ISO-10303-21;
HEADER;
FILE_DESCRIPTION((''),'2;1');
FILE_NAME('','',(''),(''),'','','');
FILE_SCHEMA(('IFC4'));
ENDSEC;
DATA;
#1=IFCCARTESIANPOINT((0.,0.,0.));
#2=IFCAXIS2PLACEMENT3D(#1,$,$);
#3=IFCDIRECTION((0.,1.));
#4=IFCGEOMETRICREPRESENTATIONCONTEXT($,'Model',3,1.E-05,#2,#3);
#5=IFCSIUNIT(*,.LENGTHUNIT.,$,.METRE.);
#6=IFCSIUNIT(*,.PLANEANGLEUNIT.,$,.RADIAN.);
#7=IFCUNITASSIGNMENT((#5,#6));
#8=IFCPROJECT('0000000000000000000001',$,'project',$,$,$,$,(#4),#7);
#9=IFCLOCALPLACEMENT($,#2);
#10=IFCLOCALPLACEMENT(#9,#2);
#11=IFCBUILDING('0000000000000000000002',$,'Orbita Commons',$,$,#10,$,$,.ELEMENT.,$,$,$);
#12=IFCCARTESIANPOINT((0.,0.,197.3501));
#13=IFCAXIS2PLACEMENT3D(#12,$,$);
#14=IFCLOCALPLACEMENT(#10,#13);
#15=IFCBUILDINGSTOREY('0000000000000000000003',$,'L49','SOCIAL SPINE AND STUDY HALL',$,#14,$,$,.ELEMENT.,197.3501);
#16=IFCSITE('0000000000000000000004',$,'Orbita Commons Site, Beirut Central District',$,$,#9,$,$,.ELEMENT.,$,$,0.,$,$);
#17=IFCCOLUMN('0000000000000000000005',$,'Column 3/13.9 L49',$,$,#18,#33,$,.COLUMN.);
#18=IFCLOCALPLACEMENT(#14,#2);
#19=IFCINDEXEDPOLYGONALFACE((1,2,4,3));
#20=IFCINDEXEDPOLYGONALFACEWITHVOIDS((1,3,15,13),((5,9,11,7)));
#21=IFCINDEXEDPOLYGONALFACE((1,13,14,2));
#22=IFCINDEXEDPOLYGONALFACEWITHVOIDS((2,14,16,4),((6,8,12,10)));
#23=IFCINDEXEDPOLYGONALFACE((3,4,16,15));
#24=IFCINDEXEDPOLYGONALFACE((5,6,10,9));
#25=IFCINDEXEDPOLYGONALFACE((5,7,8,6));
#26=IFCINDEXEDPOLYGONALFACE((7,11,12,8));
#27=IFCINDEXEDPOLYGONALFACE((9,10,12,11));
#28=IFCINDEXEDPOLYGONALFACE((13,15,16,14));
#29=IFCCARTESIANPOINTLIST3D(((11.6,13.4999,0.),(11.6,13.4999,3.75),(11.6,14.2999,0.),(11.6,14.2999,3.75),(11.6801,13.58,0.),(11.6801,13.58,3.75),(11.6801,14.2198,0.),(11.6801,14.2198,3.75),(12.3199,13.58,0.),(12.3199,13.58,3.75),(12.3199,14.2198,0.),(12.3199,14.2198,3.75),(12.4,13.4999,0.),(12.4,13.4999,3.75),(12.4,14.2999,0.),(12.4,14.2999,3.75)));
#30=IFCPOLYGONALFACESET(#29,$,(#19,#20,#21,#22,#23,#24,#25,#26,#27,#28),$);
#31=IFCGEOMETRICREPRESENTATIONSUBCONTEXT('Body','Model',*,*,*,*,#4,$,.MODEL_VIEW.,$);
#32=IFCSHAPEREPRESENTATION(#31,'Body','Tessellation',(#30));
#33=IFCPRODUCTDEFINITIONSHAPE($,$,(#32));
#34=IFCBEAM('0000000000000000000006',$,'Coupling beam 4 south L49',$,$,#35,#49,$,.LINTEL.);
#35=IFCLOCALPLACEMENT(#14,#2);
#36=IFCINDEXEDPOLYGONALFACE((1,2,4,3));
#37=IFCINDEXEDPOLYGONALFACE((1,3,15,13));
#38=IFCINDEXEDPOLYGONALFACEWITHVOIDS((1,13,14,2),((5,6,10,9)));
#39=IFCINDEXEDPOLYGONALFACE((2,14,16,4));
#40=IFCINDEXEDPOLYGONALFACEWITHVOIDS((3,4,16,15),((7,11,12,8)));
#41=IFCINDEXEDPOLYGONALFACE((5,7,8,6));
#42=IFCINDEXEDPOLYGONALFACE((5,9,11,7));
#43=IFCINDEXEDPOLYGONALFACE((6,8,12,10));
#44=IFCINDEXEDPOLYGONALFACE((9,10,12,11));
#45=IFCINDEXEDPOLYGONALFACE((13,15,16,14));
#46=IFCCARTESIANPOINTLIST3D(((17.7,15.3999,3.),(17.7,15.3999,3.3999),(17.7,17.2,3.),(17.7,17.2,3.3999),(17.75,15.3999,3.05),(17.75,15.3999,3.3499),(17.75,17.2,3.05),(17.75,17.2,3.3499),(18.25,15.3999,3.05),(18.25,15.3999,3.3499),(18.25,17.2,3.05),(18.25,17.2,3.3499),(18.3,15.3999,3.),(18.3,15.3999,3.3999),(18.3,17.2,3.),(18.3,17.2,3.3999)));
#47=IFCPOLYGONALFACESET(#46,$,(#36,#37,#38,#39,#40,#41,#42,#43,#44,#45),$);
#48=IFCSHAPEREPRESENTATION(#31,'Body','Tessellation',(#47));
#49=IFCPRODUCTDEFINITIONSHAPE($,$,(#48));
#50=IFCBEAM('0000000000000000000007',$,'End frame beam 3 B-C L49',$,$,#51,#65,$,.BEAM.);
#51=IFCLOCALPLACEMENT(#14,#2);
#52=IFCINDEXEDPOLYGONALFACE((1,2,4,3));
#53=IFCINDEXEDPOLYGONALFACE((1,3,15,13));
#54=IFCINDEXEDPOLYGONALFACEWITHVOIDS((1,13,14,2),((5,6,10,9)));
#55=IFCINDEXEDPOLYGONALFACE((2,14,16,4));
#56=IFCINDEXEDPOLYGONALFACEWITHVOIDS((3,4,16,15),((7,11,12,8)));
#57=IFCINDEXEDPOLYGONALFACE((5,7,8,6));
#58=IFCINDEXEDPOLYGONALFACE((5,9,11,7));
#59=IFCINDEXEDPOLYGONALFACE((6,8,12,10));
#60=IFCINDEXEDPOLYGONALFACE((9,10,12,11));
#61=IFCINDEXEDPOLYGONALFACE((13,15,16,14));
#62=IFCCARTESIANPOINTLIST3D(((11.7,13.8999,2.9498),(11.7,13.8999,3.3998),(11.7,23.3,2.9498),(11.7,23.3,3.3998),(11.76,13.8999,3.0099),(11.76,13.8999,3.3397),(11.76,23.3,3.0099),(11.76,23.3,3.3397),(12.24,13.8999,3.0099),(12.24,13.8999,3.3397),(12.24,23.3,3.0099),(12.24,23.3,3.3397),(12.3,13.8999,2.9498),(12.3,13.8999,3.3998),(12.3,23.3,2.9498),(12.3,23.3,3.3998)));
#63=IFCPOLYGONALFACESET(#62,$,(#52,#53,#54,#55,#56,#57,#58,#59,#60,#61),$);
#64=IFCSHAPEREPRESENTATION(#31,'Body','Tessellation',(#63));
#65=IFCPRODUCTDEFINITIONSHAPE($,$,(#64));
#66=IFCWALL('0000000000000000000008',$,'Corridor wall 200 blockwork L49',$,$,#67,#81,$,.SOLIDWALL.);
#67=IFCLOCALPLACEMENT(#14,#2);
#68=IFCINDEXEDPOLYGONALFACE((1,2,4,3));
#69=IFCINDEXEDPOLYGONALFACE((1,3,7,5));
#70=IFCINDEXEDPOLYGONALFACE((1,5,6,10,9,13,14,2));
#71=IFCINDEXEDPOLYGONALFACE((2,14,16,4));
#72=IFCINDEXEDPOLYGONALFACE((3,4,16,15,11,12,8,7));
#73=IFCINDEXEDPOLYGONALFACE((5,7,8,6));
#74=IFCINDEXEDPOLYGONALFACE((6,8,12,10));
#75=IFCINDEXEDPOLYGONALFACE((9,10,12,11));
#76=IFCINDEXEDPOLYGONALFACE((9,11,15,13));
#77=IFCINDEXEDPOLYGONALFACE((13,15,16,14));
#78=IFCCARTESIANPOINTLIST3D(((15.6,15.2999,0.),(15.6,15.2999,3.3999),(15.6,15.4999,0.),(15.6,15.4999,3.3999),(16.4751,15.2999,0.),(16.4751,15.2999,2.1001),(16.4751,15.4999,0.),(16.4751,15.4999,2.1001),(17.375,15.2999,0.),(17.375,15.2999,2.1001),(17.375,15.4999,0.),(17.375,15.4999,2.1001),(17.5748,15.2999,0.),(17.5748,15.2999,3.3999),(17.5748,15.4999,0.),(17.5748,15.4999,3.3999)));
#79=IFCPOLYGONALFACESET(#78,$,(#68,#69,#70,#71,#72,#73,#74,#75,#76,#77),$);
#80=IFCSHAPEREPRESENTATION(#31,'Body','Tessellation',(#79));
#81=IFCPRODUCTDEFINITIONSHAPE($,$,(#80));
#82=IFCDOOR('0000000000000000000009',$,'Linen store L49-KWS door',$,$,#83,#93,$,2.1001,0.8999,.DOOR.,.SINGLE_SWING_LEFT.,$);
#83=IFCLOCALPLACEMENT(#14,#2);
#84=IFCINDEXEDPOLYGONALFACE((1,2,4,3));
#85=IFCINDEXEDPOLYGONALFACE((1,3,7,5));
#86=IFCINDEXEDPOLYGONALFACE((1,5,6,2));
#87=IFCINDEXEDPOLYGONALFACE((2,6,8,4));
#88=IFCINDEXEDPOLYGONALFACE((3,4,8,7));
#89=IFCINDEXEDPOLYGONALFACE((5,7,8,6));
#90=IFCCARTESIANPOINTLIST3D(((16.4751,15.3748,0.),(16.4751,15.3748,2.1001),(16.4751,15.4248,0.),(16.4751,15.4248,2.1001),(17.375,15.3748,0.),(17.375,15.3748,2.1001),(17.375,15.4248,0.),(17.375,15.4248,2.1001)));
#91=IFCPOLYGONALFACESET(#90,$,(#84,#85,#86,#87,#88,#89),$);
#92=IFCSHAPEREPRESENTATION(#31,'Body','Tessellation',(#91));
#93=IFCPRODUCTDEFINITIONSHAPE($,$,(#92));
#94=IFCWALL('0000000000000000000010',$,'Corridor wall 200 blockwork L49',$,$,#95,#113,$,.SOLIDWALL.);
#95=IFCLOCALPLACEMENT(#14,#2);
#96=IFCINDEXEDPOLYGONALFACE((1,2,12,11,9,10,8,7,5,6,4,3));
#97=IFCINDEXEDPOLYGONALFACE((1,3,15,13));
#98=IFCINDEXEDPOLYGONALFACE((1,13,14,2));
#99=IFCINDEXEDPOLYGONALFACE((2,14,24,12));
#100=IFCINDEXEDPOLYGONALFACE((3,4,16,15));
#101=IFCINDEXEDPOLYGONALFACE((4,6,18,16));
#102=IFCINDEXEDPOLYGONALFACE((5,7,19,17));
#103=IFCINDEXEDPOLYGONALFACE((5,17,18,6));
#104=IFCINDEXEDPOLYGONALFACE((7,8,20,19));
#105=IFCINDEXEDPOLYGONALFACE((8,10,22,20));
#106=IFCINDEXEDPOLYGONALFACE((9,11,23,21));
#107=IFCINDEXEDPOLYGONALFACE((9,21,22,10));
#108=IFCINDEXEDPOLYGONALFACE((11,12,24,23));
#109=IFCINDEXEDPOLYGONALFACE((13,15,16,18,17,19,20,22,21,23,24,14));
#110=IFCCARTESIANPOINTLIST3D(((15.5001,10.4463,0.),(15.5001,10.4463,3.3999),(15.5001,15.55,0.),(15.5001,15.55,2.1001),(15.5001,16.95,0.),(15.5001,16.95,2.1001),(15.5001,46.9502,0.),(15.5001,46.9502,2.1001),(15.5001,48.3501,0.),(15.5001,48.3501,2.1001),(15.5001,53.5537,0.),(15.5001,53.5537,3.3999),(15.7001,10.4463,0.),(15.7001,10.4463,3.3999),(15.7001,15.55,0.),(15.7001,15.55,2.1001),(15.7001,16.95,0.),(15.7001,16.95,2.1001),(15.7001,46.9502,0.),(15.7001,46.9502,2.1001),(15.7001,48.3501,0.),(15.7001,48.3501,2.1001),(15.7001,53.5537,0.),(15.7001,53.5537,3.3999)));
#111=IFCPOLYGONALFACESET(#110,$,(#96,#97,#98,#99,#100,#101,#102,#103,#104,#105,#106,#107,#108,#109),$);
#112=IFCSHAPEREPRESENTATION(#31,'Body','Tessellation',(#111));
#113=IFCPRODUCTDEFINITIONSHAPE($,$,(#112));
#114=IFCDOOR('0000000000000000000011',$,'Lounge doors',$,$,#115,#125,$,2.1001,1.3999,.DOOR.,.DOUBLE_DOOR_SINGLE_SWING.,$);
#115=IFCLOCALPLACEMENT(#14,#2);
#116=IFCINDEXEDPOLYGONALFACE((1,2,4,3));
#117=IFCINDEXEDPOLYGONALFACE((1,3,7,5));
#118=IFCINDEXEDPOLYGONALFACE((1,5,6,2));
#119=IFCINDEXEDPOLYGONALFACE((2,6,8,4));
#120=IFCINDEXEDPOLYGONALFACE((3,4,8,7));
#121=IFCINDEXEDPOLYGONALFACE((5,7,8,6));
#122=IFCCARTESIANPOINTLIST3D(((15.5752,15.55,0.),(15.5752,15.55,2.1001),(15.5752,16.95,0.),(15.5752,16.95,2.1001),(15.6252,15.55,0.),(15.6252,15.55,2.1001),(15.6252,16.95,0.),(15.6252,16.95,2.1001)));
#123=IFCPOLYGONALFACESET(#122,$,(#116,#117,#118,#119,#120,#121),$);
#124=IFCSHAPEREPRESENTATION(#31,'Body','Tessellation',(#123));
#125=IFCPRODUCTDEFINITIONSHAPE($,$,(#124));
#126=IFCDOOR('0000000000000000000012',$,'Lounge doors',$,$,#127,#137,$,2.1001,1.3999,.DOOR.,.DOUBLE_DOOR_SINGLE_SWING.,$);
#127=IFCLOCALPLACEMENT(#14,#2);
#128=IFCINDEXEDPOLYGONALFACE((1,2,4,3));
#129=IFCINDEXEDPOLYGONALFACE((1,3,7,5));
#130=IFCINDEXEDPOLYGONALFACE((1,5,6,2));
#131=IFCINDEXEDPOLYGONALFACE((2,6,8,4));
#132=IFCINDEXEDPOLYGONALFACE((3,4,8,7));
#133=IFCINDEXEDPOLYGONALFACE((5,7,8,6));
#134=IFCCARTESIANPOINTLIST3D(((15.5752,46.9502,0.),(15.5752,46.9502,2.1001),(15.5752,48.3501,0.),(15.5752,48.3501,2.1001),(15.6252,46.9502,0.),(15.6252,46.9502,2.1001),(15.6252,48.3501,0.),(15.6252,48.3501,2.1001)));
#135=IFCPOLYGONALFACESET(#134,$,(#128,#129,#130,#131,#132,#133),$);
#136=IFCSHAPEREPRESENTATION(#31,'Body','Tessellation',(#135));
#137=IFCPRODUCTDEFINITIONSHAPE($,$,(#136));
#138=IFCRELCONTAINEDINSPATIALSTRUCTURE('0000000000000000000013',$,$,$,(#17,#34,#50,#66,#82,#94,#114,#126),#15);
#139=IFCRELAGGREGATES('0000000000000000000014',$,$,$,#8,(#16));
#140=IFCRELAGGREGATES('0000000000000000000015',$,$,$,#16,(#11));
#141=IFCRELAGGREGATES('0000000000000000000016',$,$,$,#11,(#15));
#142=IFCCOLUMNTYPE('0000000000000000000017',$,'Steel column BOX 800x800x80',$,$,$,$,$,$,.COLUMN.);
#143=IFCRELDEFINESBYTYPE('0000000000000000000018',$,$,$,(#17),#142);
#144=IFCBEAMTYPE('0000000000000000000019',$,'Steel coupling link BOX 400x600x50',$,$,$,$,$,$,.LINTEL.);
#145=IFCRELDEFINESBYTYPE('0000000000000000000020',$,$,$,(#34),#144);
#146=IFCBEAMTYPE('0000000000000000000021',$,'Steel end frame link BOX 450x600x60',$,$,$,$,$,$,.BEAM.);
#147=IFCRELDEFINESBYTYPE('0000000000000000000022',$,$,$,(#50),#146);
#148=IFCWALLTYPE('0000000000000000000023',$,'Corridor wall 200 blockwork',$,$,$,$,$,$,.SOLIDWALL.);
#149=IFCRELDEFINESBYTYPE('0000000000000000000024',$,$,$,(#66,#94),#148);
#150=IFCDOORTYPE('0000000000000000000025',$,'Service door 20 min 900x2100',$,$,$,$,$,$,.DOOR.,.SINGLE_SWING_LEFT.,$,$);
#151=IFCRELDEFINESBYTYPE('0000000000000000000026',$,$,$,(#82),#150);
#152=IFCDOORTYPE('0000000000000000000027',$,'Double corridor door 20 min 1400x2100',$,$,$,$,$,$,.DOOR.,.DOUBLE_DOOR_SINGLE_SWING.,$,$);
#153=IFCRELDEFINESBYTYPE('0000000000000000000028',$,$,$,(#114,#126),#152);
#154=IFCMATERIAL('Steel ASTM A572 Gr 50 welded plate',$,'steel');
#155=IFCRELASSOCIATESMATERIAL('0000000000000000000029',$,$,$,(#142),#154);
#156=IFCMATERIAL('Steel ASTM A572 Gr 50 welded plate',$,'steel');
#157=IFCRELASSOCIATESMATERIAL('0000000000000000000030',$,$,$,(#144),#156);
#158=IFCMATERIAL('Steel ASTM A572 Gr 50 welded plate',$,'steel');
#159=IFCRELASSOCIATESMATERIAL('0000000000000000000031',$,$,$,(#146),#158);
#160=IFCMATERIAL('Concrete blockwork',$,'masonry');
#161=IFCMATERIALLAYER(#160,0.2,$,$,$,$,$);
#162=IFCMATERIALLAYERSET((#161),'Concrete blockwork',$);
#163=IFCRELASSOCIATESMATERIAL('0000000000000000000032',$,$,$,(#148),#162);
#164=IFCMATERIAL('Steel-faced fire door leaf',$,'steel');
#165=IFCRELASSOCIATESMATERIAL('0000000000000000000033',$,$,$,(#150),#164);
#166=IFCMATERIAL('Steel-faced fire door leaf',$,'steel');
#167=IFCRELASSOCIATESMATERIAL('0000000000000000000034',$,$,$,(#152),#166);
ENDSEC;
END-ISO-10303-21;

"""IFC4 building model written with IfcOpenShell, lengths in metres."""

from ifc_helpers import new_model, si_unit, direction, frame, frame_2d, origin, origin_2d, place, context, subcontext, project, spatial, rectangle, hollow_rectangle, extrude, material, layer, layer_set, material_profile, profile_set, type_object, element, fill, save


model = new_model("IFC4")

# Units and contexts
model_context = context("Model", 3, precision=1e-05, world=origin(), true_north=direction((0.0, 1.0)))
body_context = subcontext(model_context, "Body", "Model", "MODEL_VIEW")
ifc_project = project(units=[si_unit("LENGTHUNIT", "METRE"), si_unit("PLANEANGLEUNIT", "RADIAN")], contexts=[model_context])

# Site, building, storey
site_placement = place(None, origin())
site = spatial("IfcSite", under=ifc_project, at=site_placement, Name="Orbita Commons Site, Beirut Central District", CompositionType="ELEMENT", RefElevation=0.0)
building_placement = place(site_placement, origin())
building = spatial("IfcBuilding", under=site, at=building_placement, Name="Orbita Commons", CompositionType="ELEMENT")
storey_placement = place(building_placement, frame((0.0, 0.0, 197.3501)))
storey = spatial("IfcBuildingStorey", under=building, at=storey_placement, Name="L49", Description="SOCIAL SPINE AND STUDY HALL", CompositionType="ELEMENT", Elevation=197.3501)

# Column
ifc_material_1 = material(Name="Steel ASTM A572 Gr 50 welded plate", Category="steel")
ifc_material_profile_1 = material_profile(ifc_material_1, hollow_rectangle(XDim=0.8, YDim=0.8, WallThickness=0.0801, at=origin_2d()), Name="BOX 800x800x80")
ifc_profile_set_1 = profile_set([ifc_material_profile_1], Name="Steel ASTM A572 Gr 50 welded plate")
column_type = type_object("IfcColumnType", Name="Steel column BOX 800x800x80", PredefinedType="COLUMN", material=ifc_profile_set_1)
column_placement = place(storey_placement, frame((12.0, 13.8999, 0.0), z_axis=(0.0, 0.0, 1.0), x_axis=(1.0, 0.0, 0.0)))
element("IfcColumn", 1, at=column_placement, inside=storey, type_object=column_type, Name="Column 3/13.9 L49", PredefinedType="COLUMN", context=body_context, shape_type="SweptSolid", body=[
    extrude(hollow_rectangle(XDim=0.8, YDim=0.8, WallThickness=0.0801, at=origin_2d()), origin(), (0.0, 0.0, 1.0), 3.75),
])

# Beams
ifc_material_2 = material(Name="Steel ASTM A572 Gr 50 welded plate", Category="steel")
ifc_material_profile_2 = material_profile(ifc_material_2, hollow_rectangle(XDim=0.6001, YDim=0.3999, WallThickness=0.05, at=origin_2d()), Name="BOX 400x600x50")
ifc_profile_set_2 = profile_set([ifc_material_profile_2], Name="Steel ASTM A572 Gr 50 welded plate")
beam_type_1 = type_object("IfcBeamType", Name="Steel coupling link BOX 400x600x50", PredefinedType="LINTEL", material=ifc_profile_set_2)
beam_1_placement = place(storey_placement, frame((18.0, 15.3999, 3.2), z_axis=(0.0, 1.0, 0.0), x_axis=(-1.0, 0.0, 0.0)))
element("IfcBeam", 2, at=beam_1_placement, inside=storey, type_object=beam_type_1, Name="Coupling beam 4 south L49", PredefinedType="LINTEL", context=body_context, shape_type="SweptSolid", body=[
    extrude(hollow_rectangle(XDim=0.6001, YDim=0.3999, WallThickness=0.05, at=origin_2d()), origin(), (0.0, 0.0, 1.0), 1.8),
])
ifc_material_3 = material(Name="Steel ASTM A572 Gr 50 welded plate", Category="steel")
ifc_material_profile_3 = material_profile(ifc_material_3, hollow_rectangle(XDim=0.6001, YDim=0.45, WallThickness=0.0601, at=origin_2d()), Name="BOX 450x600x60")
ifc_profile_set_3 = profile_set([ifc_material_profile_3], Name="Steel ASTM A572 Gr 50 welded plate")
beam_type_2 = type_object("IfcBeamType", Name="Steel end frame link BOX 450x600x60", PredefinedType="BEAM", material=ifc_profile_set_3)
beam_2_placement = place(storey_placement, frame((12.0, 13.8999, 3.1748), z_axis=(0.0, 1.0, 0.0), x_axis=(-1.0, 0.0, 0.0)))
element("IfcBeam", 3, at=beam_2_placement, inside=storey, type_object=beam_type_2, Name="End frame beam 3 B-C L49", PredefinedType="BEAM", context=body_context, shape_type="SweptSolid", body=[
    extrude(hollow_rectangle(XDim=0.6001, YDim=0.45, WallThickness=0.0601, at=origin_2d()), origin(), (0.0, 0.0, 1.0), 9.4001),
])

# Wall, opening, door
ifc_material_4 = material(Name="Concrete blockwork", Category="masonry")
ifc_layer_1 = layer(ifc_material_4, 0.2)
ifc_layer_set_1 = layer_set([ifc_layer_1], Name="Concrete blockwork")
wall_type_1 = type_object("IfcWallType", Name="Corridor wall 200 blockwork", PredefinedType="SOLIDWALL", material=ifc_layer_set_1)
wall_1_placement = place(storey_placement, frame((15.6001, 15.3999, 0.0), z_axis=(0.0, 0.0, 1.0), x_axis=(1.0, 0.0, 0.0)))
wall_1 = element("IfcWall", 4, at=wall_1_placement, inside=storey, type_object=wall_type_1, Name="Corridor wall 200 blockwork L49", PredefinedType="SOLIDWALL", context=body_context, shape_type="SweptSolid", body=[
    extrude(rectangle(XDim=1.9749, YDim=0.2, at=frame_2d((0.9873, 0.0))), origin(), (0.0, 0.0, 1.0), 3.3999),
])
opening_1_placement = place(wall_1_placement, frame((0.875, 0.0, 0.0)))
opening_1 = element("IfcOpeningElement", 5, at=opening_1_placement, cuts=wall_1, PredefinedType="OPENING", context=body_context, shape_type="SweptSolid", body=[
    extrude(rectangle(XDim=0.8999, YDim=2.1001, at=frame_2d((0.45, 1.05))), frame((0.0, 0.1099, 0.0), z_axis=(0.0, -1.0, 0.0), x_axis=(1.0, 0.0, 0.0)), (0.0, 0.0, 1.0), 0.22),
])
ifc_material_5 = material(Name="Steel-faced fire door leaf", Category="steel")
door_type_1 = type_object("IfcDoorType", Name="Service door 20 min 900x2100", OperationType="SINGLE_SWING_LEFT", PredefinedType="DOOR", material=ifc_material_5)
door_1_placement = place(opening_1_placement, origin())
door_1 = element("IfcDoor", 6, at=door_1_placement, inside=storey, type_object=door_type_1, Name="Linen store L49-KWS door", OperationType="SINGLE_SWING_LEFT", OverallHeight=2.1001, OverallWidth=0.8999, PredefinedType="DOOR", context=body_context, shape_type="SweptSolid", body=[
    extrude(rectangle(XDim=0.8999, YDim=2.1001, at=frame_2d((0.45, 1.05))), frame((0.0, 0.0249, 0.0), z_axis=(0.0, -1.0, 0.0), x_axis=(1.0, 0.0, 0.0)), (0.0, 0.0, 1.0), 0.05),
])
fill(opening_1, door_1)

# Wall, openings, doors
wall_2_placement = place(storey_placement, frame((15.6001, 10.4463, 0.0), z_axis=(0.0, 0.0, 1.0), x_axis=(0.0, 1.0, 0.0)))
wall_2 = element("IfcWall", 7, at=wall_2_placement, inside=storey, type_object=wall_type_1, Name="Corridor wall 200 blockwork L49", PredefinedType="SOLIDWALL", context=body_context, shape_type="SweptSolid", body=[
    extrude(rectangle(XDim=43.1074, YDim=0.2, at=frame_2d((21.5537, 0.0))), origin(), (0.0, 0.0, 1.0), 3.3999),
])
opening_2_placement = place(wall_2_placement, frame((5.1038, 0.0, 0.0)))
opening_2 = element("IfcOpeningElement", 8, at=opening_2_placement, cuts=wall_2, PredefinedType="OPENING", context=body_context, shape_type="SweptSolid", body=[
    extrude(rectangle(XDim=1.3999, YDim=2.1001, at=frame_2d((0.7, 1.05))), frame((0.0, 0.1099, 0.0), z_axis=(0.0, -1.0, 0.0), x_axis=(1.0, 0.0, 0.0)), (0.0, 0.0, 1.0), 0.22),
])
opening_3_placement = place(wall_2_placement, frame((36.5039, 0.0, 0.0)))
opening_3 = element("IfcOpeningElement", 9, at=opening_3_placement, cuts=wall_2, PredefinedType="OPENING", context=body_context, shape_type="SweptSolid", body=[
    extrude(rectangle(XDim=1.3999, YDim=2.1001, at=frame_2d((0.7, 1.05))), frame((0.0, 0.1099, 0.0), z_axis=(0.0, -1.0, 0.0), x_axis=(1.0, 0.0, 0.0)), (0.0, 0.0, 1.0), 0.22),
])
ifc_material_6 = material(Name="Steel-faced fire door leaf", Category="steel")
door_type_2 = type_object("IfcDoorType", Name="Double corridor door 20 min 1400x2100", OperationType="DOUBLE_DOOR_SINGLE_SWING", PredefinedType="DOOR", material=ifc_material_6)
door_2_placement = place(opening_2_placement, origin())
door_2 = element("IfcDoor", 10, at=door_2_placement, inside=storey, type_object=door_type_2, Name="Lounge doors", OperationType="DOUBLE_DOOR_SINGLE_SWING", OverallHeight=2.1001, OverallWidth=1.3999, PredefinedType="DOOR", context=body_context, shape_type="SweptSolid", body=[
    extrude(rectangle(XDim=1.3999, YDim=2.1001, at=frame_2d((0.7, 1.05))), frame((0.0, 0.0249, 0.0), z_axis=(0.0, -1.0, 0.0), x_axis=(1.0, 0.0, 0.0)), (0.0, 0.0, 1.0), 0.05),
])
fill(opening_2, door_2)
door_3_placement = place(opening_3_placement, origin())
door_3 = element("IfcDoor", 11, at=door_3_placement, inside=storey, type_object=door_type_2, Name="Lounge doors", OperationType="DOUBLE_DOOR_SINGLE_SWING", OverallHeight=2.1001, OverallWidth=1.3999, PredefinedType="DOOR", context=body_context, shape_type="SweptSolid", body=[
    extrude(rectangle(XDim=1.3999, YDim=2.1001, at=frame_2d((0.7, 1.05))), frame((0.0, 0.0249, 0.0), z_axis=(0.0, -1.0, 0.0), x_axis=(1.0, 0.0, 0.0)), (0.0, 0.0, 1.0), 0.05),
])
fill(opening_3, door_3)

save(model, "model.ifc")
